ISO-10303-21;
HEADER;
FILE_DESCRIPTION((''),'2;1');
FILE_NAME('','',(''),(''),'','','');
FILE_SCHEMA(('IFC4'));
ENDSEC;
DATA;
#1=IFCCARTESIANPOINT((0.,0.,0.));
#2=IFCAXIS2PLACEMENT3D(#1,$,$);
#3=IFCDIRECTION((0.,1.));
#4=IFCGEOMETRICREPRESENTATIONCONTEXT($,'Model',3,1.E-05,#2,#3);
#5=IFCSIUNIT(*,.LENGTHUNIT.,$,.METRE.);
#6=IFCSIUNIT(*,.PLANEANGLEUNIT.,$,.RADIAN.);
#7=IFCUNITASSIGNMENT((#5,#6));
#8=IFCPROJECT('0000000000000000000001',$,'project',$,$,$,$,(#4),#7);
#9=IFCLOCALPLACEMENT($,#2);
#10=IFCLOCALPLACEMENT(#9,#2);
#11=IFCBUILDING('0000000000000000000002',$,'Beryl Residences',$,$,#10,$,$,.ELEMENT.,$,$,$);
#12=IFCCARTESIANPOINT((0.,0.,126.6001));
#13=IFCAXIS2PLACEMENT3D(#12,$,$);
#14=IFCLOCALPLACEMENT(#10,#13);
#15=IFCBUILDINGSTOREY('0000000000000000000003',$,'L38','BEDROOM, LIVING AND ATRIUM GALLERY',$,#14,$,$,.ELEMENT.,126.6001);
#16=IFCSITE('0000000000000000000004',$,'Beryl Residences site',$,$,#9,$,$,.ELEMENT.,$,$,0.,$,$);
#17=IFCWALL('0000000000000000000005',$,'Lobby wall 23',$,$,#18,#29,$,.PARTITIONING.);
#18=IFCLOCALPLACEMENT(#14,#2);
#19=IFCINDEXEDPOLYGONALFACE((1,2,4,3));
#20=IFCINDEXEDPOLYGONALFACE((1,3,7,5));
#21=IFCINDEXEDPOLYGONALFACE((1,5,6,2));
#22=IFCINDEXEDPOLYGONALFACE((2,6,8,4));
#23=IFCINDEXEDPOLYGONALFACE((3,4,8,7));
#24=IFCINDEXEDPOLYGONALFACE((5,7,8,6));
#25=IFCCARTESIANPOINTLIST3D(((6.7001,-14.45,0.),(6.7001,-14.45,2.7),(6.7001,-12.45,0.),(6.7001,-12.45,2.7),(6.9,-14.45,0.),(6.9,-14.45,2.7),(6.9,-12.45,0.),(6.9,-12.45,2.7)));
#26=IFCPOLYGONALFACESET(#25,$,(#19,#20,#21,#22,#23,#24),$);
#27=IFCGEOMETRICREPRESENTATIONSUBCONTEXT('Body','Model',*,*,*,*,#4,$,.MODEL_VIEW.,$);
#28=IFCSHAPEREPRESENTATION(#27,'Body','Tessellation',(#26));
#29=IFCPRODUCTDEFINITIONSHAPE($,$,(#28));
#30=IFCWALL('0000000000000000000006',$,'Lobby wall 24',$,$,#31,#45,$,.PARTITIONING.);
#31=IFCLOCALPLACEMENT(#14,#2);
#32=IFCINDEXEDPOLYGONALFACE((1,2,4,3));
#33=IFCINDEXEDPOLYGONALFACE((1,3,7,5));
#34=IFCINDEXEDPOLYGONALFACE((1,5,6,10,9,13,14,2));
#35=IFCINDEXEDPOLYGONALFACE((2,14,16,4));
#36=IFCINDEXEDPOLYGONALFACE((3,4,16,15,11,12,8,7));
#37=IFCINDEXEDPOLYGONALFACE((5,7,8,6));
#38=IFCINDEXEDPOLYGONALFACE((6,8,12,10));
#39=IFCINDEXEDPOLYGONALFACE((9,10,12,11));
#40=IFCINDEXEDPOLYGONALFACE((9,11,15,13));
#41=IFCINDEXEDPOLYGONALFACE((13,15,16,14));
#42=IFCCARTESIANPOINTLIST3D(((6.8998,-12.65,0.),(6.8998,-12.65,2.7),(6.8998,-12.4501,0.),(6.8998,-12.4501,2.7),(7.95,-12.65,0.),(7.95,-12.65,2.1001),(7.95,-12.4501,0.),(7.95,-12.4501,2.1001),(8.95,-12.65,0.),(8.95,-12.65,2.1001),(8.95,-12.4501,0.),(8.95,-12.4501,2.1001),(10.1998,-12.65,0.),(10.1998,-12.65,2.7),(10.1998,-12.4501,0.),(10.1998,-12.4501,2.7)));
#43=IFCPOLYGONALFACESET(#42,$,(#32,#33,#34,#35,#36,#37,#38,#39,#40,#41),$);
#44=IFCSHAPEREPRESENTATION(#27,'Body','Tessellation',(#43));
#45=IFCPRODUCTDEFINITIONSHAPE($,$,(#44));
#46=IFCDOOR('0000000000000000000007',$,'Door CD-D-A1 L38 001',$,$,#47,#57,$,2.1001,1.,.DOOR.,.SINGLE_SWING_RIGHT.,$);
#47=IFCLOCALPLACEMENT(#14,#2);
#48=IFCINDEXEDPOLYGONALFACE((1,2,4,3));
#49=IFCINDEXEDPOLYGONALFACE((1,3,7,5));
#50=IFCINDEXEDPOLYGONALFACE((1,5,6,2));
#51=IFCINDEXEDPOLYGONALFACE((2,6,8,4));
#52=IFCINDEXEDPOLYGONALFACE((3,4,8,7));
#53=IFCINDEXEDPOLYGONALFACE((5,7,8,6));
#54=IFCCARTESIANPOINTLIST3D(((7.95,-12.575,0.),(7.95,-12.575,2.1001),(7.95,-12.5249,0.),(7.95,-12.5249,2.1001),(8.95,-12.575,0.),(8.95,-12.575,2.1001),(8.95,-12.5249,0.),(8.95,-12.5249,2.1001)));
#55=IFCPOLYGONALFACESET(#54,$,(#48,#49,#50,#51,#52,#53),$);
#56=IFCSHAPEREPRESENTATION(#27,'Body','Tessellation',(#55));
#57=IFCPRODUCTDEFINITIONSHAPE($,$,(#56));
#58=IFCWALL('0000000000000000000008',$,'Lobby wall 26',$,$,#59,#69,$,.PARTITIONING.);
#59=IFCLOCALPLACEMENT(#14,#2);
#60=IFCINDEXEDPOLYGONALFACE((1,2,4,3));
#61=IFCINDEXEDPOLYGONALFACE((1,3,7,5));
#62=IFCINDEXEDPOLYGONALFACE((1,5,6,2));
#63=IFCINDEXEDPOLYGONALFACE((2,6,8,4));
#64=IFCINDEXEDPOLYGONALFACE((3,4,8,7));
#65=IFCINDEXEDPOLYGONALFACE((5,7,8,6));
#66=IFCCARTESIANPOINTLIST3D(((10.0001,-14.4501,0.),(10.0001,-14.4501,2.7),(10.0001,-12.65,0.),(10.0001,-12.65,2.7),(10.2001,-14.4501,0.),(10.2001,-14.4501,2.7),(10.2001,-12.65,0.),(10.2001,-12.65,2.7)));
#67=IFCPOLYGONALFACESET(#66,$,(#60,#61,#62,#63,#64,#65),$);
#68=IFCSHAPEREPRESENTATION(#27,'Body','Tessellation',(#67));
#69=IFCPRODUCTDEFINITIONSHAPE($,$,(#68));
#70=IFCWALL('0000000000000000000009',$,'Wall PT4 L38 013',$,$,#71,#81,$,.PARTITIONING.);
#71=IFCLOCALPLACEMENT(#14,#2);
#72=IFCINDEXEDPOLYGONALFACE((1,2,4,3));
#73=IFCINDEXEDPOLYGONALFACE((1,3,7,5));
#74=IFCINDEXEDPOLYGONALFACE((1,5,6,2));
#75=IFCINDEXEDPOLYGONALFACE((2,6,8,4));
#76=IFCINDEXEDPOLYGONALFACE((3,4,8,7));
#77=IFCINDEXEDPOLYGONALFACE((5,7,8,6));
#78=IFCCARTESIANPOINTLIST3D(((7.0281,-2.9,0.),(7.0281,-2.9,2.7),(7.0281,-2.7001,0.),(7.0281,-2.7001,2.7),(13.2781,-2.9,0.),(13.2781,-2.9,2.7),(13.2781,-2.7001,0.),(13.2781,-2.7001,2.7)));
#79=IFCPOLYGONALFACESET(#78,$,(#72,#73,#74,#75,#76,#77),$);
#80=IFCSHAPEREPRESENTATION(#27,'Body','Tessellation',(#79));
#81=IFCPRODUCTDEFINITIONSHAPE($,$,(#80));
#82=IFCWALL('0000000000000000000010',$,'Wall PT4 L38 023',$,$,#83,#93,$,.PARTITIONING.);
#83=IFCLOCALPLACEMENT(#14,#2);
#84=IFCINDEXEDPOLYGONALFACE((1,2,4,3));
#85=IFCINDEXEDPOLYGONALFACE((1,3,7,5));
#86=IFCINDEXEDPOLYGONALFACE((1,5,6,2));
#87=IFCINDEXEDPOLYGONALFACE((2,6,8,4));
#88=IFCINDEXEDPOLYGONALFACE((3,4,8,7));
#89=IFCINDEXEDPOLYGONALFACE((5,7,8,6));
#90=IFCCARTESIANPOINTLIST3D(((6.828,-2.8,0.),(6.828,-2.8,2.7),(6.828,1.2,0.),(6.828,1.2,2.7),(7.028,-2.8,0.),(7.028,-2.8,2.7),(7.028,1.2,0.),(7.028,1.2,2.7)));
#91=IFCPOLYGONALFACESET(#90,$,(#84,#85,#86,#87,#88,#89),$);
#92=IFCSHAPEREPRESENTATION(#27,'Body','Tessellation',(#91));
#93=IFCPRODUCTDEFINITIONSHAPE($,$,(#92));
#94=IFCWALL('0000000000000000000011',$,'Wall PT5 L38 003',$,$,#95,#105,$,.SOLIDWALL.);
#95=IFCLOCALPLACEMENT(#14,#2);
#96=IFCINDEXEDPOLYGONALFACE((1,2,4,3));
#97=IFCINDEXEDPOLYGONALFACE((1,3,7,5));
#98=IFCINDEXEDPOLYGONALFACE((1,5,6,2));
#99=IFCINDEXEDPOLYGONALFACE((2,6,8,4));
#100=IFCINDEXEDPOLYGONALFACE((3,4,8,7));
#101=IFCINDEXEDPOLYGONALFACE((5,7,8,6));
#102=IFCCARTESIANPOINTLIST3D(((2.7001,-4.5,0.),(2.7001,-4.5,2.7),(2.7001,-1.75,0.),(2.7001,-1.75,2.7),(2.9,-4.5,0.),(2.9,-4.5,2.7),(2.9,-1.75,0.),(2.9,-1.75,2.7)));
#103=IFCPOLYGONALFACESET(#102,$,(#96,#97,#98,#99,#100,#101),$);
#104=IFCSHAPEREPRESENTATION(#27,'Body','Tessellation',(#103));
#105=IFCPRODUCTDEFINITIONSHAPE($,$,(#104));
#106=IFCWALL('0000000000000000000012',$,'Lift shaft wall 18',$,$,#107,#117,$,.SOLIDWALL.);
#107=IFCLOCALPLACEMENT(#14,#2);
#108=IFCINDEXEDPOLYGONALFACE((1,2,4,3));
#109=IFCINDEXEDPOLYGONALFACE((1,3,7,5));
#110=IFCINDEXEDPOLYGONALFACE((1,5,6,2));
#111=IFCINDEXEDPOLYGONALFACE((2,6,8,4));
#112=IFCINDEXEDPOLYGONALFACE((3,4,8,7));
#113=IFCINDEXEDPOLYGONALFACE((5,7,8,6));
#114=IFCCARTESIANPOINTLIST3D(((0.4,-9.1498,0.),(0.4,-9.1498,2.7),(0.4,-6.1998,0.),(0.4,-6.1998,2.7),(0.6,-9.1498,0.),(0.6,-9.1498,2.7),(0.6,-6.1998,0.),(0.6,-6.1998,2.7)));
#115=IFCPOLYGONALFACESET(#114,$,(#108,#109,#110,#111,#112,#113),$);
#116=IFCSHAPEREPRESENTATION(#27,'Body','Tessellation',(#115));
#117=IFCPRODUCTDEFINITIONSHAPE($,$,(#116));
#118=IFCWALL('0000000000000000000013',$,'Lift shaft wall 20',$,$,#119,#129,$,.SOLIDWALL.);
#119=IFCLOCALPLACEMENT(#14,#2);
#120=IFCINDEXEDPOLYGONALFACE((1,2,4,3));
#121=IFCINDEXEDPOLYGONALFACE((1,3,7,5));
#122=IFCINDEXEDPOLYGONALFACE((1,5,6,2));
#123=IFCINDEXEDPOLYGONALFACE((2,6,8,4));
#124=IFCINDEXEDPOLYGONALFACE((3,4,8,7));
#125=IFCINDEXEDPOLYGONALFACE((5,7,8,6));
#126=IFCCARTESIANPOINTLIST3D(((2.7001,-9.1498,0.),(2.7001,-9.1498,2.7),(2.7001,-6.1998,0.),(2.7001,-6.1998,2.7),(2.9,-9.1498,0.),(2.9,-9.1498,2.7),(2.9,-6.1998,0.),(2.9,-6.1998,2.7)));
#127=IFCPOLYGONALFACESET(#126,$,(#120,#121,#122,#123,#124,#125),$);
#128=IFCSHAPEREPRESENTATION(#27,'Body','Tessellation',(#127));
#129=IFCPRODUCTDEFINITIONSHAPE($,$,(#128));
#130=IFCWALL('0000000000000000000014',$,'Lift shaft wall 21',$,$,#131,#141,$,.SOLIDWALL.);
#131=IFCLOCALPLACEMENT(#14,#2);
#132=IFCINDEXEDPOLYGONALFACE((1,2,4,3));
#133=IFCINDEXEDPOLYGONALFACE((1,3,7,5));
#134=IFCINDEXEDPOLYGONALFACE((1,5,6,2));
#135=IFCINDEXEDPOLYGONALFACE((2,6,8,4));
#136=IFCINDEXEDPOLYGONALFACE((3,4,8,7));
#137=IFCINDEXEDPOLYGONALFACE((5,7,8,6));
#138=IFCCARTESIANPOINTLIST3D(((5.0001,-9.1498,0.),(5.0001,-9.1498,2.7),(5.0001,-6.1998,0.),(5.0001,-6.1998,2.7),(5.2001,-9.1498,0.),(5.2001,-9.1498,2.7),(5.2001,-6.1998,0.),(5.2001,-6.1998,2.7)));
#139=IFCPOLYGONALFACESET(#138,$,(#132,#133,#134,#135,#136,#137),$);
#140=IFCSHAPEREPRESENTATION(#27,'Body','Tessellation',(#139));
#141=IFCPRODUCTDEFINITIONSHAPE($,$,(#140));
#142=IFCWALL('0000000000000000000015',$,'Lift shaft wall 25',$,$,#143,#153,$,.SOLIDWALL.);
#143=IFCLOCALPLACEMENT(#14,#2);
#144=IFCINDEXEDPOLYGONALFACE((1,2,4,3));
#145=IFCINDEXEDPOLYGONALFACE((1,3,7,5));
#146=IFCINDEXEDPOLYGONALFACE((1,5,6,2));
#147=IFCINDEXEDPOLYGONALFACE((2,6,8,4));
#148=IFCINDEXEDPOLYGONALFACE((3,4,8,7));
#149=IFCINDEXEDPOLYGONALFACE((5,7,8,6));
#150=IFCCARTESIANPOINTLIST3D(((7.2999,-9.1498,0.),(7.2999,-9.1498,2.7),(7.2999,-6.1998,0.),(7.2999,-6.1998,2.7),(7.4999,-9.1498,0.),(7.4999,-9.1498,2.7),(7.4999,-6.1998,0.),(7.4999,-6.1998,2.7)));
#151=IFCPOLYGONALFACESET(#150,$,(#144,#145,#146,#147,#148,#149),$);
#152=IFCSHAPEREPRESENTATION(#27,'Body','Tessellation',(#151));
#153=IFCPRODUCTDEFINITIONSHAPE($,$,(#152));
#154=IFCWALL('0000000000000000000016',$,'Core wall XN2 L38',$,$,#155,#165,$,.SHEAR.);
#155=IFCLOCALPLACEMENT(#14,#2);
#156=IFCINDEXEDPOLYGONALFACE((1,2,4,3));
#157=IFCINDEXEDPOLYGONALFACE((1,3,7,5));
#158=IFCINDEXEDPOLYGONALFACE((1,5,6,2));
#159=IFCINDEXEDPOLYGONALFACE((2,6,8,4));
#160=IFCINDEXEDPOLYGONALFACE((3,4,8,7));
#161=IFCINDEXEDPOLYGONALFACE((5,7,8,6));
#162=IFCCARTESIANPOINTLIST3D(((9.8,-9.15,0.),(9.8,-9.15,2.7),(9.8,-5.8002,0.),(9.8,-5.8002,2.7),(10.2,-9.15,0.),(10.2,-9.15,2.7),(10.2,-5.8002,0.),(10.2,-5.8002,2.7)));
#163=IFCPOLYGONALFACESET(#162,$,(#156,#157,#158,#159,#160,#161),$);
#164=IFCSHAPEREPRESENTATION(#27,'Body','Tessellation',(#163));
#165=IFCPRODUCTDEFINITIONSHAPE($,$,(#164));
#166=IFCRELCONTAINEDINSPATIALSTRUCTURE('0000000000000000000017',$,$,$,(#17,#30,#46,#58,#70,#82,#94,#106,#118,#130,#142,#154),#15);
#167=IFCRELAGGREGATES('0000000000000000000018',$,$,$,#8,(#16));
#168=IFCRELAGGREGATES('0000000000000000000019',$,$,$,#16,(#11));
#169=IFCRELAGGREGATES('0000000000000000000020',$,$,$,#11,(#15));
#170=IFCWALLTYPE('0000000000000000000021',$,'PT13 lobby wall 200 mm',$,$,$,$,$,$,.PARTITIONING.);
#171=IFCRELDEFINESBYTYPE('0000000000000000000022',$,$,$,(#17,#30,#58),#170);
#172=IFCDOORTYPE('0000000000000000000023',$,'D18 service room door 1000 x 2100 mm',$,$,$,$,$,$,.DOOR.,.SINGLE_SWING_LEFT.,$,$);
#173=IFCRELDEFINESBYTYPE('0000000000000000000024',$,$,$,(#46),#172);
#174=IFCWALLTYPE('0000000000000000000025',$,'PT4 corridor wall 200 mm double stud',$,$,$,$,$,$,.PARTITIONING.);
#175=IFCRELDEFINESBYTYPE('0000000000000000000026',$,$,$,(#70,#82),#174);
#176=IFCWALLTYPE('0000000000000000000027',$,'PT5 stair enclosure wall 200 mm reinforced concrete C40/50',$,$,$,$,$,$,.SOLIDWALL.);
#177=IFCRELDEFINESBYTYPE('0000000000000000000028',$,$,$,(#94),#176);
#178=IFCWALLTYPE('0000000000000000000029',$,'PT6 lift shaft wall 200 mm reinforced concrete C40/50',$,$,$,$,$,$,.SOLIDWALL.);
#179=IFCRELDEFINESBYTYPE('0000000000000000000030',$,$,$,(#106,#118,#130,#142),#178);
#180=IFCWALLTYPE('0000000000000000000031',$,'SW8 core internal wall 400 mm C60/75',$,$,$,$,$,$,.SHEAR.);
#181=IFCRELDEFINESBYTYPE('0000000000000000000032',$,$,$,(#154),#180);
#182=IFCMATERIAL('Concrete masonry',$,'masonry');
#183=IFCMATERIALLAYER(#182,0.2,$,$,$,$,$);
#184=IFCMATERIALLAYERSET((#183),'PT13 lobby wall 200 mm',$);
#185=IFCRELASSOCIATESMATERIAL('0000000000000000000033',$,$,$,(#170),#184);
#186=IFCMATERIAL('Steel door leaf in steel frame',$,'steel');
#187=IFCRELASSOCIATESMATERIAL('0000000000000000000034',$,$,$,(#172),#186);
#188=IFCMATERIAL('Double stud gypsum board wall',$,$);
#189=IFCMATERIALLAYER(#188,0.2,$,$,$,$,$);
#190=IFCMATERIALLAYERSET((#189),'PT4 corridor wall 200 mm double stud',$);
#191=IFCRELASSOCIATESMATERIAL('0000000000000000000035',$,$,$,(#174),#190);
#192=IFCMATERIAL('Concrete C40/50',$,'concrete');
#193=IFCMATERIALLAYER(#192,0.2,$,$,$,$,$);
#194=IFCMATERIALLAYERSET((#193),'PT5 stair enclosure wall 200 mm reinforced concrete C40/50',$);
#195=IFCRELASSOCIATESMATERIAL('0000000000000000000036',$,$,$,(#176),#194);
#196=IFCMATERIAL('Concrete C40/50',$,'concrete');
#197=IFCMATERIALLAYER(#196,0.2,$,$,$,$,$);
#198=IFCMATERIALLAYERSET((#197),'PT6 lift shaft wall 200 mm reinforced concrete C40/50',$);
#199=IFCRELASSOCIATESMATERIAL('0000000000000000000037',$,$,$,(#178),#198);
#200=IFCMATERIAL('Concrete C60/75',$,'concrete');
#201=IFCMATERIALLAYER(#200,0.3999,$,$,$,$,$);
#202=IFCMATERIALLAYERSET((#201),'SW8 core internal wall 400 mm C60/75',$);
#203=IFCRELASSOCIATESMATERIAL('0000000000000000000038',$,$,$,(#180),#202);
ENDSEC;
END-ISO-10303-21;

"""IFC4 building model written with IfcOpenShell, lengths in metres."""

from ifc_helpers import new_model, si_unit, direction, frame, frame_2d, origin, place, context, subcontext, project, spatial, rectangle, extrude, material, layer, layer_set, type_object, element, fill, save


model = new_model("IFC4")

# Units and contexts
model_context = context("Model", 3, precision=1e-05, world=origin(), true_north=direction((0.0, 1.0)))
body_context = subcontext(model_context, "Body", "Model", "MODEL_VIEW")
ifc_project = project(units=[si_unit("LENGTHUNIT", "METRE"), si_unit("PLANEANGLEUNIT", "RADIAN")], contexts=[model_context])

# Site, building, storey
site_placement = place(None, origin())
site = spatial("IfcSite", under=ifc_project, at=site_placement, Name="Beryl Residences site", CompositionType="ELEMENT", RefElevation=0.0)
building_placement = place(site_placement, origin())
building = spatial("IfcBuilding", under=site, at=building_placement, Name="Beryl Residences", CompositionType="ELEMENT")
storey_placement = place(building_placement, frame((0.0, 0.0, 126.6001)))
storey = spatial("IfcBuildingStorey", under=building, at=storey_placement, Name="L38", Description="BEDROOM, LIVING AND ATRIUM GALLERY", CompositionType="ELEMENT", Elevation=126.6001)

# Wall
ifc_material_1 = material(Name="Concrete masonry", Category="masonry")
ifc_layer_1 = layer(ifc_material_1, 0.2)
ifc_layer_set_1 = layer_set([ifc_layer_1], Name="PT13 lobby wall 200 mm")
wall_type_1 = type_object("IfcWallType", Name="PT13 lobby wall 200 mm", PredefinedType="PARTITIONING", material=ifc_layer_set_1)
wall_1_placement = place(storey_placement, frame((6.8, -14.45, 0.0), z_axis=(0.0, 0.0, 1.0), x_axis=(0.0, 1.0, 0.0)))
element("IfcWall", 1, at=wall_1_placement, inside=storey, type_object=wall_type_1, Name="Lobby wall 23", PredefinedType="PARTITIONING", context=body_context, shape_type="SweptSolid", body=[
    extrude(rectangle(XDim=2.0, YDim=0.2, at=frame_2d((1.0, 0.0))), origin(), (0.0, 0.0, 1.0), 2.7),
])

# Wall, opening, door
wall_2_placement = place(storey_placement, frame((6.8999, -12.55, 0.0), z_axis=(0.0, 0.0, 1.0), x_axis=(1.0, 0.0, 0.0)))
wall_2 = element("IfcWall", 2, at=wall_2_placement, inside=storey, type_object=wall_type_1, Name="Lobby wall 24", PredefinedType="PARTITIONING", context=body_context, shape_type="SweptSolid", body=[
    extrude(rectangle(XDim=3.3, YDim=0.2, at=frame_2d((1.6499, 0.0))), origin(), (0.0, 0.0, 1.0), 2.7),
])
opening_placement = place(wall_2_placement, frame((2.05, 0.0, 0.0), z_axis=(0.0, 0.0, 1.0), x_axis=(-1.0, 0.0, 0.0)))
opening = element("IfcOpeningElement", 3, at=opening_placement, cuts=wall_2, PredefinedType="OPENING", context=body_context, shape_type="SweptSolid", body=[
    extrude(rectangle(XDim=1.0, YDim=2.1001, at=frame_2d((0.5, 1.05))), frame((0.0, 0.1099, 0.0), z_axis=(0.0, -1.0, 0.0), x_axis=(1.0, 0.0, 0.0)), (0.0, 0.0, 1.0), 0.22),
])
ifc_material_2 = material(Name="Steel door leaf in steel frame", Category="steel")
door_type = type_object("IfcDoorType", Name="D18 service room door 1000 x 2100 mm", OperationType="SINGLE_SWING_LEFT", PredefinedType="DOOR", material=ifc_material_2)
door_placement = place(opening_placement, origin())
door = element("IfcDoor", 4, at=door_placement, inside=storey, type_object=door_type, Name="Door CD-D-A1 L38 001", OperationType="SINGLE_SWING_RIGHT", OverallHeight=2.1001, OverallWidth=1.0, PredefinedType="DOOR", context=body_context, shape_type="SweptSolid", body=[
    extrude(rectangle(XDim=1.0, YDim=2.1001, at=frame_2d((0.5, 1.05))), frame((0.0, 0.0249, 0.0), z_axis=(0.0, -1.0, 0.0), x_axis=(1.0, 0.0, 0.0)), (0.0, 0.0, 1.0), 0.05),
])
fill(opening, door)

# Walls
wall_3_placement = place(storey_placement, frame((10.1001, -14.45, 0.0), z_axis=(0.0, 0.0, 1.0), x_axis=(0.0, 1.0, 0.0)))
element("IfcWall", 5, at=wall_3_placement, inside=storey, type_object=wall_type_1, Name="Lobby wall 26", PredefinedType="PARTITIONING", context=body_context, shape_type="SweptSolid", body=[
    extrude(rectangle(XDim=1.8, YDim=0.2, at=frame_2d((0.8999, 0.0))), origin(), (0.0, 0.0, 1.0), 2.7),
])
ifc_material_3 = material(Name="Double stud gypsum board wall")
ifc_layer_2 = layer(ifc_material_3, 0.2)
ifc_layer_set_2 = layer_set([ifc_layer_2], Name="PT4 corridor wall 200 mm double stud")
wall_type_2 = type_object("IfcWallType", Name="PT4 corridor wall 200 mm double stud", PredefinedType="PARTITIONING", material=ifc_layer_set_2)
wall_4_placement = place(storey_placement, frame((7.0281, -2.8, 0.0), z_axis=(0.0, 0.0, 1.0), x_axis=(1.0, 0.0, 0.0)))
element("IfcWall", 6, at=wall_4_placement, inside=storey, type_object=wall_type_2, Name="Wall PT4 L38 013", PredefinedType="PARTITIONING", context=body_context, shape_type="SweptSolid", body=[
    extrude(rectangle(XDim=6.25, YDim=0.2, at=frame_2d((3.125, 0.0))), origin(), (0.0, 0.0, 1.0), 2.7),
])
wall_5_placement = place(storey_placement, frame((6.928, -2.8, 0.0), z_axis=(0.0, 0.0, 1.0), x_axis=(0.0, 1.0, 0.0)))
element("IfcWall", 7, at=wall_5_placement, inside=storey, type_object=wall_type_2, Name="Wall PT4 L38 023", PredefinedType="PARTITIONING", context=body_context, shape_type="SweptSolid", body=[
    extrude(rectangle(XDim=4.0, YDim=0.2, at=frame_2d((2.0, 0.0))), origin(), (0.0, 0.0, 1.0), 2.7),
])
ifc_material_4 = material(Name="Concrete C40/50", Category="concrete")
ifc_layer_3 = layer(ifc_material_4, 0.2)
ifc_layer_set_3 = layer_set([ifc_layer_3], Name="PT5 stair enclosure wall 200 mm reinforced concrete C40/50")
wall_type_3 = type_object("IfcWallType", Name="PT5 stair enclosure wall 200 mm reinforced concrete C40/50", PredefinedType="SOLIDWALL", material=ifc_layer_set_3)
wall_6_placement = place(storey_placement, frame((2.8, -4.5, 0.0), z_axis=(0.0, 0.0, 1.0), x_axis=(0.0, 1.0, 0.0)))
element("IfcWall", 8, at=wall_6_placement, inside=storey, type_object=wall_type_3, Name="Wall PT5 L38 003", PredefinedType="SOLIDWALL", context=body_context, shape_type="SweptSolid", body=[
    extrude(rectangle(XDim=2.75, YDim=0.2, at=frame_2d((1.375, 0.0))), origin(), (0.0, 0.0, 1.0), 2.7),
])
ifc_material_5 = material(Name="Concrete C40/50", Category="concrete")
ifc_layer_4 = layer(ifc_material_5, 0.2)
ifc_layer_set_4 = layer_set([ifc_layer_4], Name="PT6 lift shaft wall 200 mm reinforced concrete C40/50")
wall_type_4 = type_object("IfcWallType", Name="PT6 lift shaft wall 200 mm reinforced concrete C40/50", PredefinedType="SOLIDWALL", material=ifc_layer_set_4)
for number, where, z_axis, x_axis, name in (
    (9, (0.5, -9.1499, 0.0), (0.0, 0.0, 1.0), (0.0, 1.0, 0.0), "Lift shaft wall 18"),
    (10, (2.8, -9.1499, 0.0), (0.0, 0.0, 1.0), (0.0, 1.0, 0.0), "Lift shaft wall 20"),
    (11, (5.1001, -9.1499, 0.0), (0.0, 0.0, 1.0), (0.0, 1.0, 0.0), "Lift shaft wall 21"),
    (12, (7.3999, -9.1499, 0.0), (0.0, 0.0, 1.0), (0.0, 1.0, 0.0), "Lift shaft wall 25"),
):
    element("IfcWall", number, at=place(storey_placement, frame(where, z_axis=z_axis, x_axis=x_axis)), inside=storey, type_object=wall_type_4, Name=name, PredefinedType="SOLIDWALL", context=body_context, shape_type="SweptSolid", body=[
        extrude(rectangle(XDim=2.95, YDim=0.2, at=frame_2d((1.4751, 0.0))), origin(), (0.0, 0.0, 1.0), 2.7),
    ])
ifc_material_6 = material(Name="Concrete C60/75", Category="concrete")
ifc_layer_5 = layer(ifc_material_6, 0.3999)
ifc_layer_set_5 = layer_set([ifc_layer_5], Name="SW8 core internal wall 400 mm C60/75")
wall_type_5 = type_object("IfcWallType", Name="SW8 core internal wall 400 mm C60/75", PredefinedType="SHEAR", material=ifc_layer_set_5)
wall_7_placement = place(storey_placement, frame((10.0, -9.1499, 0.0), z_axis=(0.0, 0.0, 1.0), x_axis=(0.0, 1.0, 0.0)))
element("IfcWall", 13, at=wall_7_placement, inside=storey, type_object=wall_type_5, Name="Core wall XN2 L38", PredefinedType="SHEAR", context=body_context, shape_type="SweptSolid", body=[
    extrude(rectangle(XDim=3.3499, YDim=0.3999, at=frame_2d((1.6748, 0.0))), origin(), (0.0, 0.0, 1.0), 2.7),
])

save(model, "model.ifc")
